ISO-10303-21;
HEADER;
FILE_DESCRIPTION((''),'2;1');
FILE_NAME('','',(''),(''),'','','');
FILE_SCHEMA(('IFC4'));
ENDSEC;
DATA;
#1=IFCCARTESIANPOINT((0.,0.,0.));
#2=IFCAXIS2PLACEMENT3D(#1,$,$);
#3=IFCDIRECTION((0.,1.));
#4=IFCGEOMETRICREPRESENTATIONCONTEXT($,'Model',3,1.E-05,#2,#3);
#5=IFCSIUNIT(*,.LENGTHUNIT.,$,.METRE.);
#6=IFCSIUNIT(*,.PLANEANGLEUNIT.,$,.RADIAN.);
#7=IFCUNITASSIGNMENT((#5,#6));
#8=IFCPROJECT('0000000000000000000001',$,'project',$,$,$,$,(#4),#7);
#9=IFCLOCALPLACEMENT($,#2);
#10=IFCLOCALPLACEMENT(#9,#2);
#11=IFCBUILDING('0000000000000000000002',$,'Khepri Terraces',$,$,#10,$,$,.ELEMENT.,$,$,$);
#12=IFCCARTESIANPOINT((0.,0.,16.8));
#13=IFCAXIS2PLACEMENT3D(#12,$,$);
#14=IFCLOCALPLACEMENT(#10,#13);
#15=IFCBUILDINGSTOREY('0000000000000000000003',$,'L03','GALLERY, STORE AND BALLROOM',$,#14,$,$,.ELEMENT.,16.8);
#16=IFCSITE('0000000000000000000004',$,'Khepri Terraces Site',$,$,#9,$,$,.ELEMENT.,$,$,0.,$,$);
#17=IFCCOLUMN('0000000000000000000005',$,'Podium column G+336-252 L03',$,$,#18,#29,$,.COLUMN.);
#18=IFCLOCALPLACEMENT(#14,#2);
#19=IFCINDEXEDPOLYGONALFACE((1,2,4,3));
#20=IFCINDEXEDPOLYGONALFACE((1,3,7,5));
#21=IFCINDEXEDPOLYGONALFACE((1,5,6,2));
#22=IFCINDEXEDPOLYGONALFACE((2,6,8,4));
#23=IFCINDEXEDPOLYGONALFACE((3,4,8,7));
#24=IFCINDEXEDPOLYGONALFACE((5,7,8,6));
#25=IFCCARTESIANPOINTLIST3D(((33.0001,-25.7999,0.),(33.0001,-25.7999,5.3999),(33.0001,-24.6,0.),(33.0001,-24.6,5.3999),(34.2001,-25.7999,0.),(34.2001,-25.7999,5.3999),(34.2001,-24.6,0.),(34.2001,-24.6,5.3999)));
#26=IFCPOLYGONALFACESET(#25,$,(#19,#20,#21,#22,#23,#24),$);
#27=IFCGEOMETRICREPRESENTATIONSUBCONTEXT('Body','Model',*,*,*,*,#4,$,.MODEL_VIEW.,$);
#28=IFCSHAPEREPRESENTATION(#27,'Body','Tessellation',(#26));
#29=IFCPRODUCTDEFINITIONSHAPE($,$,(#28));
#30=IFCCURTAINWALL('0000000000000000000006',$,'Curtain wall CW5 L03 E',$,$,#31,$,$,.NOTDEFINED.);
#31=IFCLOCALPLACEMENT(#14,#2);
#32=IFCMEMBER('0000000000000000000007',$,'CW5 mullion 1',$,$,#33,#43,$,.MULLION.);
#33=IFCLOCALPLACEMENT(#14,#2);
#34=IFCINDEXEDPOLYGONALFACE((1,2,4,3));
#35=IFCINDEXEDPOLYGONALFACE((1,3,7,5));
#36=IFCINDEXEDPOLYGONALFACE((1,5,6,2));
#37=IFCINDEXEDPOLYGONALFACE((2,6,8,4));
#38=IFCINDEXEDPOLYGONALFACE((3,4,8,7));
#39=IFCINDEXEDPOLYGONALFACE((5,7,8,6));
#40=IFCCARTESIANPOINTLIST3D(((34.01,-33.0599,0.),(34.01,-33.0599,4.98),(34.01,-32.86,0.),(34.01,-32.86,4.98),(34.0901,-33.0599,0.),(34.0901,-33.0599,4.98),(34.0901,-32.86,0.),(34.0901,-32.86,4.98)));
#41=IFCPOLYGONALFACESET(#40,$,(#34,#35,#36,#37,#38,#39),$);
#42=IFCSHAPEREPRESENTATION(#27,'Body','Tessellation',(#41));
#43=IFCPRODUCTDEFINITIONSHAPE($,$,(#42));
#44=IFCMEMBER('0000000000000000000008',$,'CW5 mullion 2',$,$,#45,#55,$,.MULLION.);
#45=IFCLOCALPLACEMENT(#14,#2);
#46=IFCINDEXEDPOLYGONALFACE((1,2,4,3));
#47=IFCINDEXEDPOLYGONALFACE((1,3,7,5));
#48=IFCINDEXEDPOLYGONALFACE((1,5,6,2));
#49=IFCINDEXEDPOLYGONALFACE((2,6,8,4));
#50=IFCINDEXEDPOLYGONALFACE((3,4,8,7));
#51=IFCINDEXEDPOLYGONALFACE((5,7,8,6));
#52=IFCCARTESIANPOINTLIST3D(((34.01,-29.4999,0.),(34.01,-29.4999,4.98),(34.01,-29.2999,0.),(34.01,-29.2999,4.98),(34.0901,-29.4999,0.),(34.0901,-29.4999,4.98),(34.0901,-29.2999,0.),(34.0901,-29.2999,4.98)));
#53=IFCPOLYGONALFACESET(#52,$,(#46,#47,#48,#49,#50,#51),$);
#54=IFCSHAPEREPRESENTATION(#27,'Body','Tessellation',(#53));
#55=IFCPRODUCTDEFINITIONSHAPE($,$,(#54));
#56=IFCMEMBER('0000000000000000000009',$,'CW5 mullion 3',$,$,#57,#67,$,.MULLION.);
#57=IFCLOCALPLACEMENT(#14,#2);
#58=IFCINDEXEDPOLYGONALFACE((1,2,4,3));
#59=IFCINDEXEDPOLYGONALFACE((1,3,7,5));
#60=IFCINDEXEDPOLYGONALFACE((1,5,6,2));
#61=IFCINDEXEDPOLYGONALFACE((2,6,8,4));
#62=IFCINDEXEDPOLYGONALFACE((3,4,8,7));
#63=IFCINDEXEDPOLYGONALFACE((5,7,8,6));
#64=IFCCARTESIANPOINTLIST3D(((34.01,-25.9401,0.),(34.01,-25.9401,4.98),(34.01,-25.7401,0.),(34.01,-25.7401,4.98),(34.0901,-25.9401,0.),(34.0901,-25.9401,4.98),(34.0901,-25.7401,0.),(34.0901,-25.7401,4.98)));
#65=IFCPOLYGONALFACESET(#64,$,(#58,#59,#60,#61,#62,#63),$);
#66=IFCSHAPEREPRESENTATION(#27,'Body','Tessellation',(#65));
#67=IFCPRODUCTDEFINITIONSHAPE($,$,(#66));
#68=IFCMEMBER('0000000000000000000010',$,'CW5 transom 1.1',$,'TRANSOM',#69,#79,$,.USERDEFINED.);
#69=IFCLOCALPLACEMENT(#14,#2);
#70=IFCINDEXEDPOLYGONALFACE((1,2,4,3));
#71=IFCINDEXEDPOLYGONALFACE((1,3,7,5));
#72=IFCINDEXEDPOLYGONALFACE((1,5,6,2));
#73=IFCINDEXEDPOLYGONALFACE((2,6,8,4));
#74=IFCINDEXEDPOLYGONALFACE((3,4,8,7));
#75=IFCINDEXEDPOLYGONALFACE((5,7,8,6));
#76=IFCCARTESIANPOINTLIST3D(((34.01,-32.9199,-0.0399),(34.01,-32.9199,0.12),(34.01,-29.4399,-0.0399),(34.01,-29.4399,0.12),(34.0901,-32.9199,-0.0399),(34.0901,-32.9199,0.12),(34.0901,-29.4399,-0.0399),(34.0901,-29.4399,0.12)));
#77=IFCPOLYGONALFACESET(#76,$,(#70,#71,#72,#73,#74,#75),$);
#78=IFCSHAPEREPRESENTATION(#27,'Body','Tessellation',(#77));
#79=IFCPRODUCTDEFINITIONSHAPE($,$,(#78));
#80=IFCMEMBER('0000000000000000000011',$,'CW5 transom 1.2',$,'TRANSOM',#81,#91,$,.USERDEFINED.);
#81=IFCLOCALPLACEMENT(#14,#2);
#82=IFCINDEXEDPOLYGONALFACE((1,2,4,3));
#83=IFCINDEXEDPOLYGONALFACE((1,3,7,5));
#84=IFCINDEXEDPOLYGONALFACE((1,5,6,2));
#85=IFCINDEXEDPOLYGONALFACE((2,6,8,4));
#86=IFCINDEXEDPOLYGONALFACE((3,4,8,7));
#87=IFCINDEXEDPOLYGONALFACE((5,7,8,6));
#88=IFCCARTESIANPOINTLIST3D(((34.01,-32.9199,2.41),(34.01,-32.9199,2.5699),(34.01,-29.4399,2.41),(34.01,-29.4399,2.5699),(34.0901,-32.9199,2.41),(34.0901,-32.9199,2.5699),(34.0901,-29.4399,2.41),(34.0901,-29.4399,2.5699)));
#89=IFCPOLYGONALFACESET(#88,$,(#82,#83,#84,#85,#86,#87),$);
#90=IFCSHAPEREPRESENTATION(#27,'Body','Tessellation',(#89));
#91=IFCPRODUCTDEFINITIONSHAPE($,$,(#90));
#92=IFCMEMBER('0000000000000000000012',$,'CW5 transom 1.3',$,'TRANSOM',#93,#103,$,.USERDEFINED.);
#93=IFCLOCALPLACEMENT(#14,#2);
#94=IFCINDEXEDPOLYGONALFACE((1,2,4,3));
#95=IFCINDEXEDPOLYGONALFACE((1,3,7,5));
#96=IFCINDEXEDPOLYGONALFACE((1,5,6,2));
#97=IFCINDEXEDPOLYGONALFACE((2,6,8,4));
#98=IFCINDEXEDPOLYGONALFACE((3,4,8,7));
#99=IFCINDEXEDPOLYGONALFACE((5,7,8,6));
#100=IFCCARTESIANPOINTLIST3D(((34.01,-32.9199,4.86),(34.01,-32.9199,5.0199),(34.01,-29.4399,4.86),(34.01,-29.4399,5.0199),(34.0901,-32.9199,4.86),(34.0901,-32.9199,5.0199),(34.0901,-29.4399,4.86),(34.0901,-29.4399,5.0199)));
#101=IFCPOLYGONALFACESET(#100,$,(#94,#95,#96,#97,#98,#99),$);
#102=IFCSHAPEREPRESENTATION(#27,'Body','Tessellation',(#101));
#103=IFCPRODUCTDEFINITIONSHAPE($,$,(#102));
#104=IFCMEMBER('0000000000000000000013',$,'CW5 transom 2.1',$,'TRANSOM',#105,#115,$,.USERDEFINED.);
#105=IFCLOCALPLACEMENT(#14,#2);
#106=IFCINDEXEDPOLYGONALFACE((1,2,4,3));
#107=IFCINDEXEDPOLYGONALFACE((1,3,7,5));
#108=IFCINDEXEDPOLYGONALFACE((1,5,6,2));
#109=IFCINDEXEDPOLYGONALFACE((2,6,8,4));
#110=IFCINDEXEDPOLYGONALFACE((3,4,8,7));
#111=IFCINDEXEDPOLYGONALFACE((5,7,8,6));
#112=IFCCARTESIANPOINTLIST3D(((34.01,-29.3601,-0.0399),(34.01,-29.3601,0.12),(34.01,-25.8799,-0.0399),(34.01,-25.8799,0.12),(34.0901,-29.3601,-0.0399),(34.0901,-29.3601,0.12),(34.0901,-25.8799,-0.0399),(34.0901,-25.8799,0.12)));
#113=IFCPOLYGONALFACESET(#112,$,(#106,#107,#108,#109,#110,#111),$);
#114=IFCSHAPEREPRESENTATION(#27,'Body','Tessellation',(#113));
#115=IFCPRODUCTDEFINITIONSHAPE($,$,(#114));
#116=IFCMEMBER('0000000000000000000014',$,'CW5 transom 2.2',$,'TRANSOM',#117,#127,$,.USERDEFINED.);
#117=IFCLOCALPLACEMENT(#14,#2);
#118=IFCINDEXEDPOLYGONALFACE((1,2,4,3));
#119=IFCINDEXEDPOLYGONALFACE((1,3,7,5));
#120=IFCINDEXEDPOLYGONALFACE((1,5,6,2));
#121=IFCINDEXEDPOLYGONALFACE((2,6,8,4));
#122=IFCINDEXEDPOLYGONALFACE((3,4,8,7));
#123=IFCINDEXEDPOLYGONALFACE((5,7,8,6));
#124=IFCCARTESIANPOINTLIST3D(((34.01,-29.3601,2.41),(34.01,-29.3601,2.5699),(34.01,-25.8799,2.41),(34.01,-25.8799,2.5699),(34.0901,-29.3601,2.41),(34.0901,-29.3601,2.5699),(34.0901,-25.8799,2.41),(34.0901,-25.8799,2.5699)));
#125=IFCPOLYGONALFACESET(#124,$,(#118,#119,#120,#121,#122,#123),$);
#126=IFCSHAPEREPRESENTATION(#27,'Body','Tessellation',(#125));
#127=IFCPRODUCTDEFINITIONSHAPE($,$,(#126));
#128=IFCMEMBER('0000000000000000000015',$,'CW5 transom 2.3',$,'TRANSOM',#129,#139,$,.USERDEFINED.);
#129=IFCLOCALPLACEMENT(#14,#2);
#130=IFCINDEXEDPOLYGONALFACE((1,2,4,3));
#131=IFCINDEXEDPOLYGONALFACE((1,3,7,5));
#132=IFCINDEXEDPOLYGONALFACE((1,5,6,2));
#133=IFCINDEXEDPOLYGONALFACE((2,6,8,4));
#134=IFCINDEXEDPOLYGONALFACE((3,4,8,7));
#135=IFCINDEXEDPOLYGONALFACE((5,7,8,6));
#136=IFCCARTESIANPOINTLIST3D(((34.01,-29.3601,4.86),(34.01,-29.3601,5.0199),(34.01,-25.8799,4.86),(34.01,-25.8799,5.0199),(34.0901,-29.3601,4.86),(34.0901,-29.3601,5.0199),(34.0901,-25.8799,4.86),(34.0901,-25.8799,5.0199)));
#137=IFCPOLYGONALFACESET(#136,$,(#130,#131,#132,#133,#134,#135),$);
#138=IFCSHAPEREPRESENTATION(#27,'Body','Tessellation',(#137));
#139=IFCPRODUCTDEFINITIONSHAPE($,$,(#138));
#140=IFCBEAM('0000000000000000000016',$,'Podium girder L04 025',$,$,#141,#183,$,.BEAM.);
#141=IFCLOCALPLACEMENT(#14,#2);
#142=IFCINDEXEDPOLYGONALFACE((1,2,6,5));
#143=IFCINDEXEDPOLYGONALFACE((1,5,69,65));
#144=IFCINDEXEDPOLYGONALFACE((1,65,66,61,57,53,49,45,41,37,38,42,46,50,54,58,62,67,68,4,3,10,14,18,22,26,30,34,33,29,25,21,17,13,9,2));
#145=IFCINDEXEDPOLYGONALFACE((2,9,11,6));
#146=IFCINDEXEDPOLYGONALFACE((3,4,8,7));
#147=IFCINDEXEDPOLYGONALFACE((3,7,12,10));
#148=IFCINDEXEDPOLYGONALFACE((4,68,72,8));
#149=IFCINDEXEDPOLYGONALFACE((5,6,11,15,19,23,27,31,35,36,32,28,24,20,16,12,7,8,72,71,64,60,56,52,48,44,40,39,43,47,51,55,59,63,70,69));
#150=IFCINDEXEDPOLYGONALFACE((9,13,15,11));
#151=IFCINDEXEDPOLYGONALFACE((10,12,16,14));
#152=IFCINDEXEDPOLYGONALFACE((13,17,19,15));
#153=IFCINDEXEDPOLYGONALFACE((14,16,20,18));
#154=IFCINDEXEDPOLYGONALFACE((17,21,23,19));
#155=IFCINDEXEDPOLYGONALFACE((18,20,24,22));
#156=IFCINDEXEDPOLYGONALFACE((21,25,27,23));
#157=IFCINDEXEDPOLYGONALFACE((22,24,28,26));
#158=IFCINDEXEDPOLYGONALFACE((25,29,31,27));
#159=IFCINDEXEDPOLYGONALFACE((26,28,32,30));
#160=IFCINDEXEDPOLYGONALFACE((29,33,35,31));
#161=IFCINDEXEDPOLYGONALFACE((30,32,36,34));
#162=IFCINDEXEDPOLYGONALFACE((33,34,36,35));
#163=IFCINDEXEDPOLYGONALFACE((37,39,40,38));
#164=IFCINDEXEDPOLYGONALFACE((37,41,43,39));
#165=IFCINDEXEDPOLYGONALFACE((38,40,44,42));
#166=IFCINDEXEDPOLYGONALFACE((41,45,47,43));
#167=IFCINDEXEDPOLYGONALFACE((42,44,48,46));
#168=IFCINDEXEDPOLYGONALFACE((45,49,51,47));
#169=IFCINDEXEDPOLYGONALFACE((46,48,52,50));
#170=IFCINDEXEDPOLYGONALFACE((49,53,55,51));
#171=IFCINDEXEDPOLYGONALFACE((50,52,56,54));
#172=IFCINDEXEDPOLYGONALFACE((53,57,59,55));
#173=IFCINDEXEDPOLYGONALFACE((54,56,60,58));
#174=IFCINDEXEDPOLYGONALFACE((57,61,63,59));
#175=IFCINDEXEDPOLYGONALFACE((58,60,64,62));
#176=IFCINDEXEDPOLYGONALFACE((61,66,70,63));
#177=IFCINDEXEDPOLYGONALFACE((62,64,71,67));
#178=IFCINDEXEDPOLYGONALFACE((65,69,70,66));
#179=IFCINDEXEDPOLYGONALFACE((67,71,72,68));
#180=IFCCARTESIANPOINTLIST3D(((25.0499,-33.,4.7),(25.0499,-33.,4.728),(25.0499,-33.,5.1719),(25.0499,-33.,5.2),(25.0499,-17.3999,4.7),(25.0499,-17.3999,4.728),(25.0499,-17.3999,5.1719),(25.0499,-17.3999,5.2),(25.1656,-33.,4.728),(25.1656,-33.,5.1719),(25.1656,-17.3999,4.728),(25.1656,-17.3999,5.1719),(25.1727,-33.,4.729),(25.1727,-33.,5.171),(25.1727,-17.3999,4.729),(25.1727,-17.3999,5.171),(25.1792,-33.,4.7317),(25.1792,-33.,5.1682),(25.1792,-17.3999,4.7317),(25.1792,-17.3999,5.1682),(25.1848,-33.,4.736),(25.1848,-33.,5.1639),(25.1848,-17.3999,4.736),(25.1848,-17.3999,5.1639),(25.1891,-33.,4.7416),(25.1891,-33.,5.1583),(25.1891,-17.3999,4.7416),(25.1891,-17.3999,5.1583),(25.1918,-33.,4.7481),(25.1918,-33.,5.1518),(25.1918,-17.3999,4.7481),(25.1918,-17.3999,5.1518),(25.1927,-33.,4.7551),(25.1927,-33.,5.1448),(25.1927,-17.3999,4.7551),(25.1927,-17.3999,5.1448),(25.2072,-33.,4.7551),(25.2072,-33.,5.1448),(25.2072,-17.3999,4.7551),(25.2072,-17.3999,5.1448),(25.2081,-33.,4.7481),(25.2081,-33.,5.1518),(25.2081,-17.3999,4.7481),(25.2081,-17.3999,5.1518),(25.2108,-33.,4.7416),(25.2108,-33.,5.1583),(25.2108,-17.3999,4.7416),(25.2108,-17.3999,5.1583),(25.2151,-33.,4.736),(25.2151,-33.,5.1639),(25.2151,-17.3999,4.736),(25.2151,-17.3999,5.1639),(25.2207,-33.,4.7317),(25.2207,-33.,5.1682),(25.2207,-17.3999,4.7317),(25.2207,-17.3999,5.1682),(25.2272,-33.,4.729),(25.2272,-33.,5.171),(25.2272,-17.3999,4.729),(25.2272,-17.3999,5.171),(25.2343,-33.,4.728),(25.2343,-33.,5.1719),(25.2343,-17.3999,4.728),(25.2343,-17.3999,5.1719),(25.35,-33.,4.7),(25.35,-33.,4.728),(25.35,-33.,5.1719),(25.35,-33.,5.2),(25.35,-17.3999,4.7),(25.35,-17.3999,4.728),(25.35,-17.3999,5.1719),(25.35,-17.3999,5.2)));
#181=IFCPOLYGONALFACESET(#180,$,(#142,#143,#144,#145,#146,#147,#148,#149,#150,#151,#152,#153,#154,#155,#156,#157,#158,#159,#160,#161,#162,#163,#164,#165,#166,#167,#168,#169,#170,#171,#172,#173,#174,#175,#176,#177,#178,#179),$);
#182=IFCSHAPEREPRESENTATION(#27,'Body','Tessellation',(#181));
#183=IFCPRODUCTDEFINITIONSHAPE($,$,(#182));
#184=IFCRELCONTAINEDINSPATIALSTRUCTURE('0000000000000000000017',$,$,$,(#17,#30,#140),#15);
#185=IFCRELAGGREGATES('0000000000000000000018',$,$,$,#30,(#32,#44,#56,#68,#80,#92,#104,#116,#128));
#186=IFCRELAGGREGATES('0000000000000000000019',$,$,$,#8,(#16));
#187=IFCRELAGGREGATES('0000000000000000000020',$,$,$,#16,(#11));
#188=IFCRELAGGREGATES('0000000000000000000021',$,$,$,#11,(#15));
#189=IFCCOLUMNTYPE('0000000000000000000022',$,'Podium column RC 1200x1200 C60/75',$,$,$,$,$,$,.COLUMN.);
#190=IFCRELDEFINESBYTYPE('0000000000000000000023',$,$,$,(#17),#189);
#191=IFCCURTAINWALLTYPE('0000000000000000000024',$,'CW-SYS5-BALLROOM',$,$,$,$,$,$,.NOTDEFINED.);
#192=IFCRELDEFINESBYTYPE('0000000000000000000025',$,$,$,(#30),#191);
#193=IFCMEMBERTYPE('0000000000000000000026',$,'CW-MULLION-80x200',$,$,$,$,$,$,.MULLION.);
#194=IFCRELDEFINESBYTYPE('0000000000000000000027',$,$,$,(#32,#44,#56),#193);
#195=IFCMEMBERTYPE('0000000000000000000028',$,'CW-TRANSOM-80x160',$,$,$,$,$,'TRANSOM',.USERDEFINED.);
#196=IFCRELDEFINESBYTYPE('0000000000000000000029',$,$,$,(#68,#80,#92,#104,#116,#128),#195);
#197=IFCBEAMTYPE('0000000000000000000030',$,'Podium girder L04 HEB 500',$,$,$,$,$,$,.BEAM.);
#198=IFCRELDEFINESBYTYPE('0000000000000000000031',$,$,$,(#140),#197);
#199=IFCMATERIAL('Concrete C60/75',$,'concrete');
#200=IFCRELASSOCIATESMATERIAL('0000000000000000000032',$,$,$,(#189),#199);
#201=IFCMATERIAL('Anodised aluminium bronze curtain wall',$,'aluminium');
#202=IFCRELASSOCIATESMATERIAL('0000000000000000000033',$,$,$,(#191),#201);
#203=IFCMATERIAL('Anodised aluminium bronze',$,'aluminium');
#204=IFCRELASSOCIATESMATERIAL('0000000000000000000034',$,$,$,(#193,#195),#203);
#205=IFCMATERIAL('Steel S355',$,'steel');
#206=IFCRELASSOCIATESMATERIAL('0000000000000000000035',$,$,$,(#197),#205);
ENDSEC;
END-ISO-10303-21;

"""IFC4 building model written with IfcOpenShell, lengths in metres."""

from ifc_helpers import new_model, si_unit, direction, frame, origin, origin_2d, place, context, subcontext, project, spatial, rectangle, i_section, extrude, material, material_profile, profile_set, type_object, element, aggregate, save


model = new_model("IFC4")

# Units and contexts
model_context = context("Model", 3, precision=1e-05, world=origin(), true_north=direction((0.0, 1.0)))
body_context = subcontext(model_context, "Body", "Model", "MODEL_VIEW")
ifc_project = project(units=[si_unit("LENGTHUNIT", "METRE"), si_unit("PLANEANGLEUNIT", "RADIAN")], contexts=[model_context])

# Site, building, storey
site_placement = place(None, origin())
site = spatial("IfcSite", under=ifc_project, at=site_placement, Name="Khepri Terraces Site", CompositionType="ELEMENT", RefElevation=0.0)
building_placement = place(site_placement, origin())
building = spatial("IfcBuilding", under=site, at=building_placement, Name="Khepri Terraces", CompositionType="ELEMENT")
storey_placement = place(building_placement, frame((0.0, 0.0, 16.8)))
storey = spatial("IfcBuildingStorey", under=building, at=storey_placement, Name="L03", Description="GALLERY, STORE AND BALLROOM", CompositionType="ELEMENT", Elevation=16.8)

# Column
ifc_material_1 = material(Name="Concrete C60/75", Category="concrete")
ifc_material_profile_1 = material_profile(ifc_material_1, rectangle(XDim=1.2, YDim=1.2, at=origin_2d()), Name="Concrete C60/75", Category="concrete")
ifc_profile_set_1 = profile_set([ifc_material_profile_1], Name="Concrete C60/75")
column_type = type_object("IfcColumnType", Name="Podium column RC 1200x1200 C60/75", PredefinedType="COLUMN", material=ifc_profile_set_1)
column_placement = place(storey_placement, frame((33.6001, -25.2, 0.0), z_axis=(0.0, 0.0, 1.0), x_axis=(1.0, 0.0, 0.0)))
element("IfcColumn", 1, at=column_placement, inside=storey, type_object=column_type, Name="Podium column G+336-252 L03", PredefinedType="COLUMN", context=body_context, shape_type="SweptSolid", body=[
    extrude(rectangle(XDim=1.2, YDim=1.2, at=origin_2d()), origin(), (0.0, 0.0, 1.0), 5.3999),
])

# Curtain wall, members
ifc_material_2 = material(Name="Anodised aluminium bronze curtain wall", Category="aluminium")
curtain_wall_type = type_object("IfcCurtainWallType", Name="CW-SYS5-BALLROOM", PredefinedType="NOTDEFINED", material=ifc_material_2)
curtain_wall_placement = place(storey_placement, origin())
curtain_wall = element("IfcCurtainWall", 2, at=curtain_wall_placement, inside=storey, type_object=curtain_wall_type, Name="Curtain wall CW5 L03 E", PredefinedType="NOTDEFINED")
ifc_material_3 = material(Name="Anodised aluminium bronze", Category="aluminium")
ifc_material_profile_2 = material_profile(ifc_material_3, rectangle(XDim=0.0801, YDim=0.2, at=origin_2d()), Name="Anodised aluminium bronze", Category="aluminium")
ifc_profile_set_2 = profile_set([ifc_material_profile_2], Name="Anodised aluminium bronze")
member_type_1 = type_object("IfcMemberType", Name="CW-MULLION-80x200", PredefinedType="MULLION", material=ifc_profile_set_2)
member_1_placement = place(storey_placement, frame((34.05, -32.96, 0.0), z_axis=(0.0, 0.0, 1.0), x_axis=(-1.0, 0.0, 0.0)))
member_1 = element("IfcMember", 3, at=member_1_placement, type_object=member_type_1, Name="CW5 mullion 1", PredefinedType="MULLION", context=body_context, shape_type="SweptSolid", body=[
    extrude(rectangle(XDim=0.0801, YDim=0.2, at=origin_2d()), origin(), (0.0, 0.0, 1.0), 4.98),
])
member_2_placement = place(storey_placement, frame((34.05, -29.3999, 0.0), z_axis=(0.0, 0.0, 1.0), x_axis=(-1.0, 0.0, 0.0)))
member_2 = element("IfcMember", 4, at=member_2_placement, type_object=member_type_1, Name="CW5 mullion 2", PredefinedType="MULLION", context=body_context, shape_type="SweptSolid", body=[
    extrude(rectangle(XDim=0.0801, YDim=0.2, at=origin_2d()), origin(), (0.0, 0.0, 1.0), 4.98),
])
member_3_placement = place(storey_placement, frame((34.05, -25.8401, 0.0), z_axis=(0.0, 0.0, 1.0), x_axis=(-1.0, 0.0, 0.0)))
member_3 = element("IfcMember", 5, at=member_3_placement, type_object=member_type_1, Name="CW5 mullion 3", PredefinedType="MULLION", context=body_context, shape_type="SweptSolid", body=[
    extrude(rectangle(XDim=0.0801, YDim=0.2, at=origin_2d()), origin(), (0.0, 0.0, 1.0), 4.98),
])
ifc_material_profile_3 = material_profile(ifc_material_3, rectangle(XDim=0.0801, YDim=0.1599, at=origin_2d()), Name="Anodised aluminium bronze", Category="aluminium")
ifc_profile_set_3 = profile_set([ifc_material_profile_3], Name="Anodised aluminium bronze")
member_type_2 = type_object("IfcMemberType", Name="CW-TRANSOM-80x160", ElementType="TRANSOM", PredefinedType="USERDEFINED", material=ifc_profile_set_3)
member_4_placement = place(storey_placement, frame((34.05, -32.9199, 0.04), z_axis=(0.0, 1.0, 0.0), x_axis=(-1.0, 0.0, 0.0)))
member_4 = element("IfcMember", 6, at=member_4_placement, type_object=member_type_2, Name="CW5 transom 1.1", ObjectType="TRANSOM", PredefinedType="USERDEFINED", context=body_context, shape_type="SweptSolid", body=[
    extrude(rectangle(XDim=0.0801, YDim=0.1599, at=origin_2d()), origin(), (0.0, 0.0, 1.0), 3.48),
])
member_5_placement = place(storey_placement, frame((34.05, -32.9199, 2.49), z_axis=(0.0, 1.0, 0.0), x_axis=(-1.0, 0.0, 0.0)))
member_5 = element("IfcMember", 7, at=member_5_placement, type_object=member_type_2, Name="CW5 transom 1.2", ObjectType="TRANSOM", PredefinedType="USERDEFINED", context=body_context, shape_type="SweptSolid", body=[
    extrude(rectangle(XDim=0.0801, YDim=0.1599, at=origin_2d()), origin(), (0.0, 0.0, 1.0), 3.48),
])
member_6_placement = place(storey_placement, frame((34.05, -32.9199, 4.9399), z_axis=(0.0, 1.0, 0.0), x_axis=(-1.0, 0.0, 0.0)))
member_6 = element("IfcMember", 8, at=member_6_placement, type_object=member_type_2, Name="CW5 transom 1.3", ObjectType="TRANSOM", PredefinedType="USERDEFINED", context=body_context, shape_type="SweptSolid", body=[
    extrude(rectangle(XDim=0.0801, YDim=0.1599, at=origin_2d()), origin(), (0.0, 0.0, 1.0), 3.48),
])
member_7_placement = place(storey_placement, frame((34.05, -29.3601, 0.04), z_axis=(0.0, 1.0, 0.0), x_axis=(-1.0, 0.0, 0.0)))
member_7 = element("IfcMember", 9, at=member_7_placement, type_object=member_type_2, Name="CW5 transom 2.1", ObjectType="TRANSOM", PredefinedType="USERDEFINED", context=body_context, shape_type="SweptSolid", body=[
    extrude(rectangle(XDim=0.0801, YDim=0.1599, at=origin_2d()), origin(), (0.0, 0.0, 1.0), 3.4802),
])
member_8_placement = place(storey_placement, frame((34.05, -29.3601, 2.49), z_axis=(0.0, 1.0, 0.0), x_axis=(-1.0, 0.0, 0.0)))
member_8 = element("IfcMember", 10, at=member_8_placement, type_object=member_type_2, Name="CW5 transom 2.2", ObjectType="TRANSOM", PredefinedType="USERDEFINED", context=body_context, shape_type="SweptSolid", body=[
    extrude(rectangle(XDim=0.0801, YDim=0.1599, at=origin_2d()), origin(), (0.0, 0.0, 1.0), 3.4802),
])
member_9_placement = place(storey_placement, frame((34.05, -29.3601, 4.9399), z_axis=(0.0, 1.0, 0.0), x_axis=(-1.0, 0.0, 0.0)))
member_9 = element("IfcMember", 11, at=member_9_placement, type_object=member_type_2, Name="CW5 transom 2.3", ObjectType="TRANSOM", PredefinedType="USERDEFINED", context=body_context, shape_type="SweptSolid", body=[
    extrude(rectangle(XDim=0.0801, YDim=0.1599, at=origin_2d()), origin(), (0.0, 0.0, 1.0), 3.4802),
])

# Beam
ifc_material_4 = material(Name="Steel S355", Category="steel")
ifc_material_profile_4 = material_profile(ifc_material_4, i_section(OverallWidth=0.3, OverallDepth=0.5, WebThickness=0.0144, FlangeThickness=0.0281, FilletRadius=0.0271, at=origin_2d()), Name="Steel S355", Category="steel")
ifc_profile_set_4 = profile_set([ifc_material_profile_4], Name="Steel S355")
beam_type_1 = type_object("IfcBeamType", Name="Podium girder L04 HEB 500", PredefinedType="BEAM", material=ifc_profile_set_4)
beam_1_placement = place(storey_placement, frame((25.2, -33.0, 4.95), z_axis=(0.0, 1.0, 0.0), x_axis=(-1.0, 0.0, 0.0)))
element("IfcBeam", 12, at=beam_1_placement, inside=storey, type_object=beam_type_1, Name="Podium girder L04 025", PredefinedType="BEAM", context=body_context, shape_type="SweptSolid", body=[
    extrude(i_section(OverallWidth=0.3, OverallDepth=0.5, WebThickness=0.0144, FlangeThickness=0.0281, FilletRadius=0.0271, at=origin_2d()), origin(), (0.0, 0.0, 1.0), 15.6001),
])

aggregate(curtain_wall, [member_1, member_2, member_3, member_4, member_5, member_6, member_7, member_8, member_9])

save(model, "model.ifc")
